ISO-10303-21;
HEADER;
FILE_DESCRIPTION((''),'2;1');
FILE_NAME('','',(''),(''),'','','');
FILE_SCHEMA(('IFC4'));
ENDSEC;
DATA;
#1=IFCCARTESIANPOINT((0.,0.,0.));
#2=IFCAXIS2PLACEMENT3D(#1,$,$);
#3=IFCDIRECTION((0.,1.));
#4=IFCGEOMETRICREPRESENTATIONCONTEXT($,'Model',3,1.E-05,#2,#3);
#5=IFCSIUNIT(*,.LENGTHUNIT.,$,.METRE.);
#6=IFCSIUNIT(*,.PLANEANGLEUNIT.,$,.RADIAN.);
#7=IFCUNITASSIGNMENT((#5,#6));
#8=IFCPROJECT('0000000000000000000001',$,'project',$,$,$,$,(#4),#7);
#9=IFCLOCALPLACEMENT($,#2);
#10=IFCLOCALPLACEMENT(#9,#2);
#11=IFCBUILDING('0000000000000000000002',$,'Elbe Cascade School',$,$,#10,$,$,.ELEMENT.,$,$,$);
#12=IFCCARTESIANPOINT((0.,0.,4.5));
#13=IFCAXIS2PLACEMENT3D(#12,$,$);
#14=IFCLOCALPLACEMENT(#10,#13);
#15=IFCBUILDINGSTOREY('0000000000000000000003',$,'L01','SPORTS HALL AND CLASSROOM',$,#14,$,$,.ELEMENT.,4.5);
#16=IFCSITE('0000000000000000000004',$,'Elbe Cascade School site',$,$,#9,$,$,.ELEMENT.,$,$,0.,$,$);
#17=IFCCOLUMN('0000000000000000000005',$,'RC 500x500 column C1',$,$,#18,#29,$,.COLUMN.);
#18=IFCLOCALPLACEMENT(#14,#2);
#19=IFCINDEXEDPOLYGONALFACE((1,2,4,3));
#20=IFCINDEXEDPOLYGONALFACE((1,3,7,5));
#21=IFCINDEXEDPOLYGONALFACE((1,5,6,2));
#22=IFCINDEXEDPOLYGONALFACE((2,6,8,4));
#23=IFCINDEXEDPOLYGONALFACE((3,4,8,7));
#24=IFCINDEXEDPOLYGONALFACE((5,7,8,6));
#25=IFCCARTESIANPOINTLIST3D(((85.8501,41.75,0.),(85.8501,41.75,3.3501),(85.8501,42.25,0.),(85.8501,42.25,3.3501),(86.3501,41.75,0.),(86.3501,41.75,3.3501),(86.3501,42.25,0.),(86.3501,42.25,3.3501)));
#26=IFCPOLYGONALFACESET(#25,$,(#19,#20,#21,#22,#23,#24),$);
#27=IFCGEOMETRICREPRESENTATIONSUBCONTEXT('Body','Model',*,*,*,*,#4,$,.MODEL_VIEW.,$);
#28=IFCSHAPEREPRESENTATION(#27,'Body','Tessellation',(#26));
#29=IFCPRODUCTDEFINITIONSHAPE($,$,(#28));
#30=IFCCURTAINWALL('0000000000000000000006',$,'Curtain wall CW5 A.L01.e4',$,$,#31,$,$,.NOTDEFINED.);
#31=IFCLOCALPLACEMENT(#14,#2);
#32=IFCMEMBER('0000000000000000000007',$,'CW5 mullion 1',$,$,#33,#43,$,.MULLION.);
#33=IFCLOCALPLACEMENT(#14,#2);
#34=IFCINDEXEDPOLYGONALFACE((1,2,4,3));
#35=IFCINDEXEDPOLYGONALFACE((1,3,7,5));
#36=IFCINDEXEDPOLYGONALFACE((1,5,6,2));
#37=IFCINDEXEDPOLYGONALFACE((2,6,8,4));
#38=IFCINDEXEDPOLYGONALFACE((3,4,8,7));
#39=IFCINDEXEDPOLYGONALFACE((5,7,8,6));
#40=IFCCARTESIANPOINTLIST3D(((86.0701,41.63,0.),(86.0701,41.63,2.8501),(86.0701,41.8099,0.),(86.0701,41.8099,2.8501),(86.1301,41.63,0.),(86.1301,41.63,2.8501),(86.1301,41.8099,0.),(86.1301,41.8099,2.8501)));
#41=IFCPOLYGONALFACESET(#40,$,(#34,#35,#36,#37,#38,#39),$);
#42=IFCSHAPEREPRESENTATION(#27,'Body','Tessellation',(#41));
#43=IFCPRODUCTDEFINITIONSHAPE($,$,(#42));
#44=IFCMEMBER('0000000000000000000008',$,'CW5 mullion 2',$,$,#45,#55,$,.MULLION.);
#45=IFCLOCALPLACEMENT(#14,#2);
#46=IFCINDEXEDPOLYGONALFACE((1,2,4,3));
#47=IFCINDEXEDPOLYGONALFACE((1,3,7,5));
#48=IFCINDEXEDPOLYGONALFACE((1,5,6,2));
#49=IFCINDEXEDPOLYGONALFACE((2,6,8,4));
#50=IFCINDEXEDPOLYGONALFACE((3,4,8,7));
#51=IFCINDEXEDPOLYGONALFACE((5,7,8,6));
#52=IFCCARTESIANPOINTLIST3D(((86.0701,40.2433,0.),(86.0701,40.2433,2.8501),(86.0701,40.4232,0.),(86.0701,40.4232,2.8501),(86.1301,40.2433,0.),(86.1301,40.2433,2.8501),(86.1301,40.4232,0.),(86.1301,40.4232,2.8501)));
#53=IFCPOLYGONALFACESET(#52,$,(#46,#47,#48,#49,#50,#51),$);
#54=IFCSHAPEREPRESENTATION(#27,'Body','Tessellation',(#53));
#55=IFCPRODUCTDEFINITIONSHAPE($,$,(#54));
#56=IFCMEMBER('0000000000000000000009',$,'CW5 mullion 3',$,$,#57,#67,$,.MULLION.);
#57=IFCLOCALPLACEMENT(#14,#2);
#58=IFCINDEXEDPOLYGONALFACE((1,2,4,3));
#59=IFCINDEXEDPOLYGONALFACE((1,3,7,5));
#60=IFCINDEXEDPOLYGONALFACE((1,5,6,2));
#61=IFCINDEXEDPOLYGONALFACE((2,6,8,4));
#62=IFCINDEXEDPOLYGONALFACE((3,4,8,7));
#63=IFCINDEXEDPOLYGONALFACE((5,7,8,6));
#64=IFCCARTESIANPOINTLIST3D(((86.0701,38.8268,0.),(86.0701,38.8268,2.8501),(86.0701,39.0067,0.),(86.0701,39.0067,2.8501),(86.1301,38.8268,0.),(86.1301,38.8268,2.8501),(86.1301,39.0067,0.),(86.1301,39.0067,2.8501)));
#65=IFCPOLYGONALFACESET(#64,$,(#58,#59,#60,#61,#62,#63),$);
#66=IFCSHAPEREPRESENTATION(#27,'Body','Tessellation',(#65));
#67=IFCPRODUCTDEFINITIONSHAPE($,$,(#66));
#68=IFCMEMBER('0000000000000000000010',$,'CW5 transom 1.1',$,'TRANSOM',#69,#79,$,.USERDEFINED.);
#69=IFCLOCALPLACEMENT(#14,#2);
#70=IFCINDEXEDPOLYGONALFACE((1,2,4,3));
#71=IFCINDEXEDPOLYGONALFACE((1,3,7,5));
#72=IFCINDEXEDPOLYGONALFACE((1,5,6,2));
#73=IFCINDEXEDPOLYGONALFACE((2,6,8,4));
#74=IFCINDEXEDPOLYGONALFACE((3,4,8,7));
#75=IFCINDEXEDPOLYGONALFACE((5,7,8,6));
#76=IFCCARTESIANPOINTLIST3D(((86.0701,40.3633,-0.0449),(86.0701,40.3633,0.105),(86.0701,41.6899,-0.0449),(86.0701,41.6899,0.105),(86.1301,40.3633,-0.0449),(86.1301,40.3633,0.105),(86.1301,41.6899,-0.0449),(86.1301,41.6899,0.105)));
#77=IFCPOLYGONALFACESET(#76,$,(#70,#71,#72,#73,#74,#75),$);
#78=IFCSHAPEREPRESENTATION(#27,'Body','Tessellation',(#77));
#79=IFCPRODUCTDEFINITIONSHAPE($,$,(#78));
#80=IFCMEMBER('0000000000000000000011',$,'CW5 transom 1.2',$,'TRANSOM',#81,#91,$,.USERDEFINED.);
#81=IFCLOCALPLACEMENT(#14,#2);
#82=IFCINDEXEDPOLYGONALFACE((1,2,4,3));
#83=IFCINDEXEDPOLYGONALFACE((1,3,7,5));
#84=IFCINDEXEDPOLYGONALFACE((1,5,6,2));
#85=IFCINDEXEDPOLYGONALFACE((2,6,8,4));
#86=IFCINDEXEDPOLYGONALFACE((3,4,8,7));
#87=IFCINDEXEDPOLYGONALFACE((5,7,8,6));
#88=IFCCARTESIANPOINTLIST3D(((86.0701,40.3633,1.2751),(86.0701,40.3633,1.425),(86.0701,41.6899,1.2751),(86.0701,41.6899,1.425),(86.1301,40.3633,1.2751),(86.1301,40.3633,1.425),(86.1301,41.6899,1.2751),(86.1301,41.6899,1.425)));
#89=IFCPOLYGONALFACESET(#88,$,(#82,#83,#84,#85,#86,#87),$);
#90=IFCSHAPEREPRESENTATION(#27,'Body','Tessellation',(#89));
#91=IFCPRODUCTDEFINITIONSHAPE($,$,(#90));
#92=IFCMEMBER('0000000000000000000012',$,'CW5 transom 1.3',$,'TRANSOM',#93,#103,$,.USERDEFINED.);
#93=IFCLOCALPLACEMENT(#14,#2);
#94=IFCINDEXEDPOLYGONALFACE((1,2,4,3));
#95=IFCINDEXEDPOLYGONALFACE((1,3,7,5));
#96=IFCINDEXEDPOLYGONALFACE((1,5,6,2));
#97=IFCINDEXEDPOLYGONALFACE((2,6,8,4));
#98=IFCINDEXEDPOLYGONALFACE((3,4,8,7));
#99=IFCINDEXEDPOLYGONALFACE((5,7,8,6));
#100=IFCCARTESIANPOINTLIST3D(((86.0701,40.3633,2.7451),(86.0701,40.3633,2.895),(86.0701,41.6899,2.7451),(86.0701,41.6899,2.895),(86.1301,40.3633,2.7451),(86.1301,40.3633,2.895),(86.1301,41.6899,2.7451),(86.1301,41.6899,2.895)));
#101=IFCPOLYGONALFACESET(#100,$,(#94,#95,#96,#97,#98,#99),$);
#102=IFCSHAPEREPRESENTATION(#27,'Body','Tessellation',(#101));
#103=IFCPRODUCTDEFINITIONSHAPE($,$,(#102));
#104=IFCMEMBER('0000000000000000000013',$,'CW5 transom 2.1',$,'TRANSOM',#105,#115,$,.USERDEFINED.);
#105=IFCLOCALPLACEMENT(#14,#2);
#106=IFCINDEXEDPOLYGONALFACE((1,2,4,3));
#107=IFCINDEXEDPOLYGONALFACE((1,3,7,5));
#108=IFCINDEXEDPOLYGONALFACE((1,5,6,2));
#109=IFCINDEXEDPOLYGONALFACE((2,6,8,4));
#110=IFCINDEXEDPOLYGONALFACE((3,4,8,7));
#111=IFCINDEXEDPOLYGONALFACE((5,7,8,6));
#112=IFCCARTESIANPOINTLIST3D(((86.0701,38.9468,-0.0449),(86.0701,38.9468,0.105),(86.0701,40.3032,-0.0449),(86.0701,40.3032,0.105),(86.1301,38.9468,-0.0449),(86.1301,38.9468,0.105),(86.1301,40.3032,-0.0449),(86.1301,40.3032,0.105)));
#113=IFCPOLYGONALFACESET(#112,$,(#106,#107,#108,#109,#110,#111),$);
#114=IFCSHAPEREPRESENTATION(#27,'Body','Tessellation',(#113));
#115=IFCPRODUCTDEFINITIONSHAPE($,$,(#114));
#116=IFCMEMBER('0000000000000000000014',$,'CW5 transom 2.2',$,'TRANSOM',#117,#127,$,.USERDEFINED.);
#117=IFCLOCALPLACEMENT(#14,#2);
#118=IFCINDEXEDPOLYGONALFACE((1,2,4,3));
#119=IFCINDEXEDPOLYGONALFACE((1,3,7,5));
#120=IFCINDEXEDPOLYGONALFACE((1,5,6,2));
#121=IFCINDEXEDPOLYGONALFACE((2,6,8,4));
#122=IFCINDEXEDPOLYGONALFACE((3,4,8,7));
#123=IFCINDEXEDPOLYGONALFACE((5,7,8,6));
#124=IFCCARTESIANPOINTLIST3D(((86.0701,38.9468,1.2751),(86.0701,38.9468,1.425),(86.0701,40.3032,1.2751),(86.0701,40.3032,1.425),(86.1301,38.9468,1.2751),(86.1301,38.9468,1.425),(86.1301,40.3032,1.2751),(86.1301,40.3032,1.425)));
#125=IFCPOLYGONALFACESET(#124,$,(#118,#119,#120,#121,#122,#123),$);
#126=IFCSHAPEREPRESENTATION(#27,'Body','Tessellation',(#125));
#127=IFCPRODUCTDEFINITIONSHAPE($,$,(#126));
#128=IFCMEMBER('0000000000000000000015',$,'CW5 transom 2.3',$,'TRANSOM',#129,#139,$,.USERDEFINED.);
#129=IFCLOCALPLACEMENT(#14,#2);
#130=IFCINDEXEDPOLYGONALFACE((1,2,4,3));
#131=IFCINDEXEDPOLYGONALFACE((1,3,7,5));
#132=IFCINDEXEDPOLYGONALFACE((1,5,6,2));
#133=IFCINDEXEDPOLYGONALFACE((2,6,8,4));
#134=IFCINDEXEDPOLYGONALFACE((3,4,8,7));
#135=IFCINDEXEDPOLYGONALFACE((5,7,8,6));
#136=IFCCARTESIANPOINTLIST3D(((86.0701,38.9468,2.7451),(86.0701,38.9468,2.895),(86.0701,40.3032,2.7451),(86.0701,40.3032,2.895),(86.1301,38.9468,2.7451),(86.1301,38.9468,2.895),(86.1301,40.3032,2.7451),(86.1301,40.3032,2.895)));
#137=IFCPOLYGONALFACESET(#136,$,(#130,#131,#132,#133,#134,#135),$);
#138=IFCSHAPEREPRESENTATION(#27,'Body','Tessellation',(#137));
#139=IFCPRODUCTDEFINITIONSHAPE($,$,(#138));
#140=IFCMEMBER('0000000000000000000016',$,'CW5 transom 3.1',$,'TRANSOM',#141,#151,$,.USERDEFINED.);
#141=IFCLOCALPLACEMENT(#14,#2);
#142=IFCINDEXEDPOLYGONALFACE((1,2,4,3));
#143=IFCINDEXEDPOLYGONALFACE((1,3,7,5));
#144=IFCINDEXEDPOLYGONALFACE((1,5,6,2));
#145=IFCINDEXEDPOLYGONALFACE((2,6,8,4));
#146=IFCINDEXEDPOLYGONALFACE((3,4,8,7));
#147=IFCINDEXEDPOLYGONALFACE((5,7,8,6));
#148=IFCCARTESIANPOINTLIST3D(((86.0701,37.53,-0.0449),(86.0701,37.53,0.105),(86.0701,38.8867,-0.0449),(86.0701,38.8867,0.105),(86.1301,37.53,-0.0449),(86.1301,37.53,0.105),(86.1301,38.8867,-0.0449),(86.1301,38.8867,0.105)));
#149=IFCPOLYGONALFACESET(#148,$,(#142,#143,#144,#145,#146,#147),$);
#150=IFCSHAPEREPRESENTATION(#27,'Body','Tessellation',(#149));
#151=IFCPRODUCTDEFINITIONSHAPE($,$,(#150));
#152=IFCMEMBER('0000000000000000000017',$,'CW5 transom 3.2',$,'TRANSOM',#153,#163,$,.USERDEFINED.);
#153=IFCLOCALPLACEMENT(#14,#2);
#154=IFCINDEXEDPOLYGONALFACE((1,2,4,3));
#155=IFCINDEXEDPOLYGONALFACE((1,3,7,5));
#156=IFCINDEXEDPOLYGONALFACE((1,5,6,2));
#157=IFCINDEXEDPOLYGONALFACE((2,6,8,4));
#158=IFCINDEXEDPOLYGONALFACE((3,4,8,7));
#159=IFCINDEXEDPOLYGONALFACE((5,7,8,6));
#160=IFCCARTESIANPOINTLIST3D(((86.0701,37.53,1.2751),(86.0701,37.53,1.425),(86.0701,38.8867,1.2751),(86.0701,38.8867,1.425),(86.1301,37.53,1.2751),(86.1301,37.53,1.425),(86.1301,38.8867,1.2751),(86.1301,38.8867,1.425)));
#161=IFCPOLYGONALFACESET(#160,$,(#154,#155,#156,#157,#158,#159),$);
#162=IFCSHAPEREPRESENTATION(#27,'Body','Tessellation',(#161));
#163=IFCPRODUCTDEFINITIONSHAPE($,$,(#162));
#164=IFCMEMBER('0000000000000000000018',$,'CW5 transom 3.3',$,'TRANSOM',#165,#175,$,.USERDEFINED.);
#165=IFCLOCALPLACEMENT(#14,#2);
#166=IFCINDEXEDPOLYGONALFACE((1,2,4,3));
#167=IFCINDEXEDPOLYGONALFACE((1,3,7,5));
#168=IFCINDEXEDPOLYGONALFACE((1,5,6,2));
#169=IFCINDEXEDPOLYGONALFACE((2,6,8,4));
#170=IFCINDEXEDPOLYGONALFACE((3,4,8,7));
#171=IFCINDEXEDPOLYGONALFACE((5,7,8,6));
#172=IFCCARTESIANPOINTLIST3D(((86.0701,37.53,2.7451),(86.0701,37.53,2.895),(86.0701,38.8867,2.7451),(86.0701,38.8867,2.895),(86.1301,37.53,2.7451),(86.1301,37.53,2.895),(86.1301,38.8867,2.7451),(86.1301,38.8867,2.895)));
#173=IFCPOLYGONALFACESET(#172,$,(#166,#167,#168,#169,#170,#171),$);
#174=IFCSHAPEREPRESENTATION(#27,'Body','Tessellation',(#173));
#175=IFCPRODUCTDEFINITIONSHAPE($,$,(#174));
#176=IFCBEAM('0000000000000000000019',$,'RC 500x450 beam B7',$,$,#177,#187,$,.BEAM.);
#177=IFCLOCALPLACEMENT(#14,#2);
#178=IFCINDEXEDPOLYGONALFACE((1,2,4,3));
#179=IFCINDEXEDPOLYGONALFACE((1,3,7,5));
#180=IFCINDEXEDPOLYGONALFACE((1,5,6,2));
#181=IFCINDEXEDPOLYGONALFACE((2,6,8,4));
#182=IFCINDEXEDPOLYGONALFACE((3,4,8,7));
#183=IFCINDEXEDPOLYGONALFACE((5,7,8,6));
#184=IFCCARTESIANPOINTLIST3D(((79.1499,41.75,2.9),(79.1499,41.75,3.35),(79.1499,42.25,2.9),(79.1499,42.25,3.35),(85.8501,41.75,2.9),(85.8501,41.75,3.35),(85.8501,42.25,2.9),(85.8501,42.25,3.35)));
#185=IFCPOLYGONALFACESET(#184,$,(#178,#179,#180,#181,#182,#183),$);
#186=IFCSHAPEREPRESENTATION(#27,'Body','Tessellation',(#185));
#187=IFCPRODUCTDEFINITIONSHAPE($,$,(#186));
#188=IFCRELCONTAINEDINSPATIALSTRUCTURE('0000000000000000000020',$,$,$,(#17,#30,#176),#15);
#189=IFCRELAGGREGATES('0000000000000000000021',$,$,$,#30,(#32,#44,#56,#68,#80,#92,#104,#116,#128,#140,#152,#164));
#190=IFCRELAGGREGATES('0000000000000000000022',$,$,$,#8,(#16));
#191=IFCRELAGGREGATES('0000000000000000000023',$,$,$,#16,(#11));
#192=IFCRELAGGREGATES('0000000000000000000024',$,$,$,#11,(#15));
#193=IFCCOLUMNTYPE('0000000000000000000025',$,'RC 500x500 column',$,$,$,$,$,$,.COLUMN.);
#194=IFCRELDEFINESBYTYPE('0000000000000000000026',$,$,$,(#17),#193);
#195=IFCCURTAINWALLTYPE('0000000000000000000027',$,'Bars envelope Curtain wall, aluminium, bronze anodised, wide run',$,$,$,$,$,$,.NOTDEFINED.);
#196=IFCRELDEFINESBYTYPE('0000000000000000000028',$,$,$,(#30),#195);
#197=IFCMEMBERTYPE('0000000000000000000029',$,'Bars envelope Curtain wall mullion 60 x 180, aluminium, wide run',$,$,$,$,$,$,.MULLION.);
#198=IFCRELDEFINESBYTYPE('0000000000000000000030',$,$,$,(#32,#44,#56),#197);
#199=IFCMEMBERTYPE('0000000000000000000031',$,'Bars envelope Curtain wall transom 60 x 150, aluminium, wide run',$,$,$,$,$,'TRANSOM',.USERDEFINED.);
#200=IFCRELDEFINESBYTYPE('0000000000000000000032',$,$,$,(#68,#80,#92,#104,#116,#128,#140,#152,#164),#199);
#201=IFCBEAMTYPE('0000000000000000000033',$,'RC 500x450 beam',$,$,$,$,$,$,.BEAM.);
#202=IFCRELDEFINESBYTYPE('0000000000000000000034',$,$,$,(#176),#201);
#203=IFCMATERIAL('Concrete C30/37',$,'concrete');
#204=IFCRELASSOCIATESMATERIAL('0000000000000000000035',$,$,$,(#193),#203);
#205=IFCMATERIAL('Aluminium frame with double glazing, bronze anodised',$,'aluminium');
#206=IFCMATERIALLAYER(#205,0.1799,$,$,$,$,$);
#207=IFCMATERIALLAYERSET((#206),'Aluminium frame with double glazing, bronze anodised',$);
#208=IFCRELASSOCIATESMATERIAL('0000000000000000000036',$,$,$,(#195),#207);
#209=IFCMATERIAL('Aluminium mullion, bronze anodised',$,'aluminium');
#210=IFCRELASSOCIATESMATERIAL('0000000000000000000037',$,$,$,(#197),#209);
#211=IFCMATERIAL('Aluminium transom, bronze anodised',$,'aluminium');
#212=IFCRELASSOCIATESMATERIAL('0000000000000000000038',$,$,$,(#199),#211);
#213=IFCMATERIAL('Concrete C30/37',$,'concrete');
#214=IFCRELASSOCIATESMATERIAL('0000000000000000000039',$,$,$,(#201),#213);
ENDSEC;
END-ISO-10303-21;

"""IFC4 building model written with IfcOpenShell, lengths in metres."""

from ifc_helpers import new_model, si_unit, direction, frame, origin, origin_2d, place, context, subcontext, project, spatial, rectangle, extrude, material, layer, layer_set, material_profile, profile_set, type_object, element, aggregate, save


model = new_model("IFC4")

# Units and contexts
model_context = context("Model", 3, precision=1e-05, world=origin(), true_north=direction((0.0, 1.0)))
body_context = subcontext(model_context, "Body", "Model", "MODEL_VIEW")
ifc_project = project(units=[si_unit("LENGTHUNIT", "METRE"), si_unit("PLANEANGLEUNIT", "RADIAN")], contexts=[model_context])

# Site, building, storey
site_placement = place(None, origin())
site = spatial("IfcSite", under=ifc_project, at=site_placement, Name="Elbe Cascade School site", CompositionType="ELEMENT", RefElevation=0.0)
building_placement = place(site_placement, origin())
building = spatial("IfcBuilding", under=site, at=building_placement, Name="Elbe Cascade School", CompositionType="ELEMENT")
storey_placement = place(building_placement, frame((0.0, 0.0, 4.5)))
storey = spatial("IfcBuildingStorey", under=building, at=storey_placement, Name="L01", Description="SPORTS HALL AND CLASSROOM", CompositionType="ELEMENT", Elevation=4.5)

# Column
ifc_material_1 = material(Name="Concrete C30/37", Category="concrete")
ifc_material_profile_1 = material_profile(ifc_material_1, rectangle(XDim=0.5, YDim=0.5, at=origin_2d()), Name="RC 500x500")
ifc_profile_set_1 = profile_set([ifc_material_profile_1], Name="Concrete C30/37")
column_type = type_object("IfcColumnType", Name="RC 500x500 column", PredefinedType="COLUMN", material=ifc_profile_set_1)
column_placement = place(storey_placement, frame((86.1001, 42.0, 0.0), z_axis=(0.0, 0.0, 1.0), x_axis=(1.0, 0.0, 0.0)))
element("IfcColumn", 1, at=column_placement, inside=storey, type_object=column_type, Name="RC 500x500 column C1", PredefinedType="COLUMN", context=body_context, shape_type="SweptSolid", body=[
    extrude(rectangle(XDim=0.5, YDim=0.5, at=origin_2d()), origin(), (0.0, 0.0, 1.0), 3.3501),
])

# Curtain wall, members
ifc_material_2 = material(Name="Aluminium frame with double glazing, bronze anodised", Category="aluminium")
ifc_layer_1 = layer(ifc_material_2, 0.1799)
ifc_layer_set_1 = layer_set([ifc_layer_1], Name="Aluminium frame with double glazing, bronze anodised")
curtain_wall_type = type_object("IfcCurtainWallType", Name="Bars envelope Curtain wall, aluminium, bronze anodised, wide run", PredefinedType="NOTDEFINED", material=ifc_layer_set_1)
curtain_wall_placement = place(storey_placement, origin())
curtain_wall = element("IfcCurtainWall", 2, at=curtain_wall_placement, inside=storey, type_object=curtain_wall_type, Name="Curtain wall CW5 A.L01.e4", PredefinedType="NOTDEFINED")
ifc_material_3 = material(Name="Aluminium mullion, bronze anodised", Category="aluminium")
ifc_material_profile_2 = material_profile(ifc_material_3, rectangle(XDim=0.0601, YDim=0.1799, at=origin_2d()), Name="Bars envelope Curtain wall mullion 60 x 180, aluminium, wide run")
ifc_profile_set_2 = profile_set([ifc_material_profile_2], Name="Aluminium mullion, bronze anodised")
member_type_1 = type_object("IfcMemberType", Name="Bars envelope Curtain wall mullion 60 x 180, aluminium, wide run", PredefinedType="MULLION", material=ifc_profile_set_2)
member_1_placement = place(storey_placement, frame((86.1001, 41.72, 0.0), z_axis=(0.0, 0.0, 1.0), x_axis=(1.0, 0.0, 0.0)))
member_1 = element("IfcMember", 3, at=member_1_placement, type_object=member_type_1, Name="CW5 mullion 1", PredefinedType="MULLION", context=body_context, shape_type="SweptSolid", body=[
    extrude(rectangle(XDim=0.0601, YDim=0.1799, at=origin_2d()), origin(), (0.0, 0.0, 1.0), 2.8501),
])
member_2_placement = place(storey_placement, frame((86.1001, 40.3333, 0.0), z_axis=(0.0, 0.0, 1.0), x_axis=(1.0, 0.0, 0.0)))
member_2 = element("IfcMember", 4, at=member_2_placement, type_object=member_type_1, Name="CW5 mullion 2", PredefinedType="MULLION", context=body_context, shape_type="SweptSolid", body=[
    extrude(rectangle(XDim=0.0601, YDim=0.1799, at=origin_2d()), origin(), (0.0, 0.0, 1.0), 2.8501),
])
member_3_placement = place(storey_placement, frame((86.1001, 38.9167, 0.0), z_axis=(0.0, 0.0, 1.0), x_axis=(1.0, 0.0, 0.0)))
member_3 = element("IfcMember", 5, at=member_3_placement, type_object=member_type_1, Name="CW5 mullion 3", PredefinedType="MULLION", context=body_context, shape_type="SweptSolid", body=[
    extrude(rectangle(XDim=0.0601, YDim=0.1799, at=origin_2d()), origin(), (0.0, 0.0, 1.0), 2.8501),
])
ifc_material_4 = material(Name="Aluminium transom, bronze anodised", Category="aluminium")
ifc_material_profile_3 = material_profile(ifc_material_4, rectangle(XDim=0.0601, YDim=0.1499, at=origin_2d()), Name="Bars envelope Curtain wall transom 60 x 150, aluminium, wide run")
ifc_profile_set_3 = profile_set([ifc_material_profile_3], Name="Aluminium transom, bronze anodised")
member_type_2 = type_object("IfcMemberType", Name="Bars envelope Curtain wall transom 60 x 150, aluminium, wide run", ElementType="TRANSOM", PredefinedType="USERDEFINED", material=ifc_profile_set_3)
member_4_placement = place(storey_placement, frame((86.1001, 41.6899, 0.03), z_axis=(0.0, -1.0, 0.0), x_axis=(1.0, 0.0, 0.0)))
member_4 = element("IfcMember", 6, at=member_4_placement, type_object=member_type_2, Name="CW5 transom 1.1", ObjectType="TRANSOM", PredefinedType="USERDEFINED", context=body_context, shape_type="SweptSolid", body=[
    extrude(rectangle(XDim=0.0601, YDim=0.1499, at=origin_2d()), origin(), (0.0, 0.0, 1.0), 1.3267),
])
member_5_placement = place(storey_placement, frame((86.1001, 41.6899, 1.3501), z_axis=(0.0, -1.0, 0.0), x_axis=(1.0, 0.0, 0.0)))
member_5 = element("IfcMember", 7, at=member_5_placement, type_object=member_type_2, Name="CW5 transom 1.2", ObjectType="TRANSOM", PredefinedType="USERDEFINED", context=body_context, shape_type="SweptSolid", body=[
    extrude(rectangle(XDim=0.0601, YDim=0.1499, at=origin_2d()), origin(), (0.0, 0.0, 1.0), 1.3267),
])
member_6_placement = place(storey_placement, frame((86.1001, 41.6899, 2.8201), z_axis=(0.0, -1.0, 0.0), x_axis=(1.0, 0.0, 0.0)))
member_6 = element("IfcMember", 8, at=member_6_placement, type_object=member_type_2, Name="CW5 transom 1.3", ObjectType="TRANSOM", PredefinedType="USERDEFINED", context=body_context, shape_type="SweptSolid", body=[
    extrude(rectangle(XDim=0.0601, YDim=0.1499, at=origin_2d()), origin(), (0.0, 0.0, 1.0), 1.3267),
])
member_7_placement = place(storey_placement, frame((86.1001, 40.3032, 0.03), z_axis=(0.0, -1.0, 0.0), x_axis=(1.0, 0.0, 0.0)))
member_7 = element("IfcMember", 9, at=member_7_placement, type_object=member_type_2, Name="CW5 transom 2.1", ObjectType="TRANSOM", PredefinedType="USERDEFINED", context=body_context, shape_type="SweptSolid", body=[
    extrude(rectangle(XDim=0.0601, YDim=0.1499, at=origin_2d()), origin(), (0.0, 0.0, 1.0), 1.3564),
])
member_8_placement = place(storey_placement, frame((86.1001, 40.3032, 1.3501), z_axis=(0.0, -1.0, 0.0), x_axis=(1.0, 0.0, 0.0)))
member_8 = element("IfcMember", 10, at=member_8_placement, type_object=member_type_2, Name="CW5 transom 2.2", ObjectType="TRANSOM", PredefinedType="USERDEFINED", context=body_context, shape_type="SweptSolid", body=[
    extrude(rectangle(XDim=0.0601, YDim=0.1499, at=origin_2d()), origin(), (0.0, 0.0, 1.0), 1.3564),
])
member_9_placement = place(storey_placement, frame((86.1001, 40.3032, 2.8201), z_axis=(0.0, -1.0, 0.0), x_axis=(1.0, 0.0, 0.0)))
member_9 = element("IfcMember", 11, at=member_9_placement, type_object=member_type_2, Name="CW5 transom 2.3", ObjectType="TRANSOM", PredefinedType="USERDEFINED", context=body_context, shape_type="SweptSolid", body=[
    extrude(rectangle(XDim=0.0601, YDim=0.1499, at=origin_2d()), origin(), (0.0, 0.0, 1.0), 1.3564),
])
member_10_placement = place(storey_placement, frame((86.1001, 38.8867, 0.03), z_axis=(0.0, -1.0, 0.0), x_axis=(1.0, 0.0, 0.0)))
member_10 = element("IfcMember", 12, at=member_10_placement, type_object=member_type_2, Name="CW5 transom 3.1", ObjectType="TRANSOM", PredefinedType="USERDEFINED", context=body_context, shape_type="SweptSolid", body=[
    extrude(rectangle(XDim=0.0601, YDim=0.1499, at=origin_2d()), origin(), (0.0, 0.0, 1.0), 1.3567),
])
member_11_placement = place(storey_placement, frame((86.1001, 38.8867, 1.3501), z_axis=(0.0, -1.0, 0.0), x_axis=(1.0, 0.0, 0.0)))
member_11 = element("IfcMember", 13, at=member_11_placement, type_object=member_type_2, Name="CW5 transom 3.2", ObjectType="TRANSOM", PredefinedType="USERDEFINED", context=body_context, shape_type="SweptSolid", body=[
    extrude(rectangle(XDim=0.0601, YDim=0.1499, at=origin_2d()), origin(), (0.0, 0.0, 1.0), 1.3567),
])
member_12_placement = place(storey_placement, frame((86.1001, 38.8867, 2.8201), z_axis=(0.0, -1.0, 0.0), x_axis=(1.0, 0.0, 0.0)))
member_12 = element("IfcMember", 14, at=member_12_placement, type_object=member_type_2, Name="CW5 transom 3.3", ObjectType="TRANSOM", PredefinedType="USERDEFINED", context=body_context, shape_type="SweptSolid", body=[
    extrude(rectangle(XDim=0.0601, YDim=0.1499, at=origin_2d()), origin(), (0.0, 0.0, 1.0), 1.3567),
])

# Beam
ifc_material_5 = material(Name="Concrete C30/37", Category="concrete")
ifc_material_profile_4 = material_profile(ifc_material_5, rectangle(XDim=0.5, YDim=0.45, at=origin_2d()), Name="RC 500x450")
ifc_profile_set_4 = profile_set([ifc_material_profile_4], Name="Concrete C30/37")
beam_type_1 = type_object("IfcBeamType", Name="RC 500x450 beam", PredefinedType="BEAM", material=ifc_profile_set_4)
beam_1_placement = place(storey_placement, frame((79.1499, 42.0, 3.125), z_axis=(1.0, 0.0, 0.0), x_axis=(0.0, 1.0, 0.0)))
element("IfcBeam", 15, at=beam_1_placement, inside=storey, type_object=beam_type_1, Name="RC 500x450 beam B7", PredefinedType="BEAM", context=body_context, shape_type="SweptSolid", body=[
    extrude(rectangle(XDim=0.5, YDim=0.45, at=origin_2d()), origin(), (0.0, 0.0, 1.0), 6.7002),
])

aggregate(curtain_wall, [member_1, member_2, member_3, member_4, member_5, member_6, member_7, member_8, member_9, member_10, member_11, member_12])

save(model, "model.ifc")
